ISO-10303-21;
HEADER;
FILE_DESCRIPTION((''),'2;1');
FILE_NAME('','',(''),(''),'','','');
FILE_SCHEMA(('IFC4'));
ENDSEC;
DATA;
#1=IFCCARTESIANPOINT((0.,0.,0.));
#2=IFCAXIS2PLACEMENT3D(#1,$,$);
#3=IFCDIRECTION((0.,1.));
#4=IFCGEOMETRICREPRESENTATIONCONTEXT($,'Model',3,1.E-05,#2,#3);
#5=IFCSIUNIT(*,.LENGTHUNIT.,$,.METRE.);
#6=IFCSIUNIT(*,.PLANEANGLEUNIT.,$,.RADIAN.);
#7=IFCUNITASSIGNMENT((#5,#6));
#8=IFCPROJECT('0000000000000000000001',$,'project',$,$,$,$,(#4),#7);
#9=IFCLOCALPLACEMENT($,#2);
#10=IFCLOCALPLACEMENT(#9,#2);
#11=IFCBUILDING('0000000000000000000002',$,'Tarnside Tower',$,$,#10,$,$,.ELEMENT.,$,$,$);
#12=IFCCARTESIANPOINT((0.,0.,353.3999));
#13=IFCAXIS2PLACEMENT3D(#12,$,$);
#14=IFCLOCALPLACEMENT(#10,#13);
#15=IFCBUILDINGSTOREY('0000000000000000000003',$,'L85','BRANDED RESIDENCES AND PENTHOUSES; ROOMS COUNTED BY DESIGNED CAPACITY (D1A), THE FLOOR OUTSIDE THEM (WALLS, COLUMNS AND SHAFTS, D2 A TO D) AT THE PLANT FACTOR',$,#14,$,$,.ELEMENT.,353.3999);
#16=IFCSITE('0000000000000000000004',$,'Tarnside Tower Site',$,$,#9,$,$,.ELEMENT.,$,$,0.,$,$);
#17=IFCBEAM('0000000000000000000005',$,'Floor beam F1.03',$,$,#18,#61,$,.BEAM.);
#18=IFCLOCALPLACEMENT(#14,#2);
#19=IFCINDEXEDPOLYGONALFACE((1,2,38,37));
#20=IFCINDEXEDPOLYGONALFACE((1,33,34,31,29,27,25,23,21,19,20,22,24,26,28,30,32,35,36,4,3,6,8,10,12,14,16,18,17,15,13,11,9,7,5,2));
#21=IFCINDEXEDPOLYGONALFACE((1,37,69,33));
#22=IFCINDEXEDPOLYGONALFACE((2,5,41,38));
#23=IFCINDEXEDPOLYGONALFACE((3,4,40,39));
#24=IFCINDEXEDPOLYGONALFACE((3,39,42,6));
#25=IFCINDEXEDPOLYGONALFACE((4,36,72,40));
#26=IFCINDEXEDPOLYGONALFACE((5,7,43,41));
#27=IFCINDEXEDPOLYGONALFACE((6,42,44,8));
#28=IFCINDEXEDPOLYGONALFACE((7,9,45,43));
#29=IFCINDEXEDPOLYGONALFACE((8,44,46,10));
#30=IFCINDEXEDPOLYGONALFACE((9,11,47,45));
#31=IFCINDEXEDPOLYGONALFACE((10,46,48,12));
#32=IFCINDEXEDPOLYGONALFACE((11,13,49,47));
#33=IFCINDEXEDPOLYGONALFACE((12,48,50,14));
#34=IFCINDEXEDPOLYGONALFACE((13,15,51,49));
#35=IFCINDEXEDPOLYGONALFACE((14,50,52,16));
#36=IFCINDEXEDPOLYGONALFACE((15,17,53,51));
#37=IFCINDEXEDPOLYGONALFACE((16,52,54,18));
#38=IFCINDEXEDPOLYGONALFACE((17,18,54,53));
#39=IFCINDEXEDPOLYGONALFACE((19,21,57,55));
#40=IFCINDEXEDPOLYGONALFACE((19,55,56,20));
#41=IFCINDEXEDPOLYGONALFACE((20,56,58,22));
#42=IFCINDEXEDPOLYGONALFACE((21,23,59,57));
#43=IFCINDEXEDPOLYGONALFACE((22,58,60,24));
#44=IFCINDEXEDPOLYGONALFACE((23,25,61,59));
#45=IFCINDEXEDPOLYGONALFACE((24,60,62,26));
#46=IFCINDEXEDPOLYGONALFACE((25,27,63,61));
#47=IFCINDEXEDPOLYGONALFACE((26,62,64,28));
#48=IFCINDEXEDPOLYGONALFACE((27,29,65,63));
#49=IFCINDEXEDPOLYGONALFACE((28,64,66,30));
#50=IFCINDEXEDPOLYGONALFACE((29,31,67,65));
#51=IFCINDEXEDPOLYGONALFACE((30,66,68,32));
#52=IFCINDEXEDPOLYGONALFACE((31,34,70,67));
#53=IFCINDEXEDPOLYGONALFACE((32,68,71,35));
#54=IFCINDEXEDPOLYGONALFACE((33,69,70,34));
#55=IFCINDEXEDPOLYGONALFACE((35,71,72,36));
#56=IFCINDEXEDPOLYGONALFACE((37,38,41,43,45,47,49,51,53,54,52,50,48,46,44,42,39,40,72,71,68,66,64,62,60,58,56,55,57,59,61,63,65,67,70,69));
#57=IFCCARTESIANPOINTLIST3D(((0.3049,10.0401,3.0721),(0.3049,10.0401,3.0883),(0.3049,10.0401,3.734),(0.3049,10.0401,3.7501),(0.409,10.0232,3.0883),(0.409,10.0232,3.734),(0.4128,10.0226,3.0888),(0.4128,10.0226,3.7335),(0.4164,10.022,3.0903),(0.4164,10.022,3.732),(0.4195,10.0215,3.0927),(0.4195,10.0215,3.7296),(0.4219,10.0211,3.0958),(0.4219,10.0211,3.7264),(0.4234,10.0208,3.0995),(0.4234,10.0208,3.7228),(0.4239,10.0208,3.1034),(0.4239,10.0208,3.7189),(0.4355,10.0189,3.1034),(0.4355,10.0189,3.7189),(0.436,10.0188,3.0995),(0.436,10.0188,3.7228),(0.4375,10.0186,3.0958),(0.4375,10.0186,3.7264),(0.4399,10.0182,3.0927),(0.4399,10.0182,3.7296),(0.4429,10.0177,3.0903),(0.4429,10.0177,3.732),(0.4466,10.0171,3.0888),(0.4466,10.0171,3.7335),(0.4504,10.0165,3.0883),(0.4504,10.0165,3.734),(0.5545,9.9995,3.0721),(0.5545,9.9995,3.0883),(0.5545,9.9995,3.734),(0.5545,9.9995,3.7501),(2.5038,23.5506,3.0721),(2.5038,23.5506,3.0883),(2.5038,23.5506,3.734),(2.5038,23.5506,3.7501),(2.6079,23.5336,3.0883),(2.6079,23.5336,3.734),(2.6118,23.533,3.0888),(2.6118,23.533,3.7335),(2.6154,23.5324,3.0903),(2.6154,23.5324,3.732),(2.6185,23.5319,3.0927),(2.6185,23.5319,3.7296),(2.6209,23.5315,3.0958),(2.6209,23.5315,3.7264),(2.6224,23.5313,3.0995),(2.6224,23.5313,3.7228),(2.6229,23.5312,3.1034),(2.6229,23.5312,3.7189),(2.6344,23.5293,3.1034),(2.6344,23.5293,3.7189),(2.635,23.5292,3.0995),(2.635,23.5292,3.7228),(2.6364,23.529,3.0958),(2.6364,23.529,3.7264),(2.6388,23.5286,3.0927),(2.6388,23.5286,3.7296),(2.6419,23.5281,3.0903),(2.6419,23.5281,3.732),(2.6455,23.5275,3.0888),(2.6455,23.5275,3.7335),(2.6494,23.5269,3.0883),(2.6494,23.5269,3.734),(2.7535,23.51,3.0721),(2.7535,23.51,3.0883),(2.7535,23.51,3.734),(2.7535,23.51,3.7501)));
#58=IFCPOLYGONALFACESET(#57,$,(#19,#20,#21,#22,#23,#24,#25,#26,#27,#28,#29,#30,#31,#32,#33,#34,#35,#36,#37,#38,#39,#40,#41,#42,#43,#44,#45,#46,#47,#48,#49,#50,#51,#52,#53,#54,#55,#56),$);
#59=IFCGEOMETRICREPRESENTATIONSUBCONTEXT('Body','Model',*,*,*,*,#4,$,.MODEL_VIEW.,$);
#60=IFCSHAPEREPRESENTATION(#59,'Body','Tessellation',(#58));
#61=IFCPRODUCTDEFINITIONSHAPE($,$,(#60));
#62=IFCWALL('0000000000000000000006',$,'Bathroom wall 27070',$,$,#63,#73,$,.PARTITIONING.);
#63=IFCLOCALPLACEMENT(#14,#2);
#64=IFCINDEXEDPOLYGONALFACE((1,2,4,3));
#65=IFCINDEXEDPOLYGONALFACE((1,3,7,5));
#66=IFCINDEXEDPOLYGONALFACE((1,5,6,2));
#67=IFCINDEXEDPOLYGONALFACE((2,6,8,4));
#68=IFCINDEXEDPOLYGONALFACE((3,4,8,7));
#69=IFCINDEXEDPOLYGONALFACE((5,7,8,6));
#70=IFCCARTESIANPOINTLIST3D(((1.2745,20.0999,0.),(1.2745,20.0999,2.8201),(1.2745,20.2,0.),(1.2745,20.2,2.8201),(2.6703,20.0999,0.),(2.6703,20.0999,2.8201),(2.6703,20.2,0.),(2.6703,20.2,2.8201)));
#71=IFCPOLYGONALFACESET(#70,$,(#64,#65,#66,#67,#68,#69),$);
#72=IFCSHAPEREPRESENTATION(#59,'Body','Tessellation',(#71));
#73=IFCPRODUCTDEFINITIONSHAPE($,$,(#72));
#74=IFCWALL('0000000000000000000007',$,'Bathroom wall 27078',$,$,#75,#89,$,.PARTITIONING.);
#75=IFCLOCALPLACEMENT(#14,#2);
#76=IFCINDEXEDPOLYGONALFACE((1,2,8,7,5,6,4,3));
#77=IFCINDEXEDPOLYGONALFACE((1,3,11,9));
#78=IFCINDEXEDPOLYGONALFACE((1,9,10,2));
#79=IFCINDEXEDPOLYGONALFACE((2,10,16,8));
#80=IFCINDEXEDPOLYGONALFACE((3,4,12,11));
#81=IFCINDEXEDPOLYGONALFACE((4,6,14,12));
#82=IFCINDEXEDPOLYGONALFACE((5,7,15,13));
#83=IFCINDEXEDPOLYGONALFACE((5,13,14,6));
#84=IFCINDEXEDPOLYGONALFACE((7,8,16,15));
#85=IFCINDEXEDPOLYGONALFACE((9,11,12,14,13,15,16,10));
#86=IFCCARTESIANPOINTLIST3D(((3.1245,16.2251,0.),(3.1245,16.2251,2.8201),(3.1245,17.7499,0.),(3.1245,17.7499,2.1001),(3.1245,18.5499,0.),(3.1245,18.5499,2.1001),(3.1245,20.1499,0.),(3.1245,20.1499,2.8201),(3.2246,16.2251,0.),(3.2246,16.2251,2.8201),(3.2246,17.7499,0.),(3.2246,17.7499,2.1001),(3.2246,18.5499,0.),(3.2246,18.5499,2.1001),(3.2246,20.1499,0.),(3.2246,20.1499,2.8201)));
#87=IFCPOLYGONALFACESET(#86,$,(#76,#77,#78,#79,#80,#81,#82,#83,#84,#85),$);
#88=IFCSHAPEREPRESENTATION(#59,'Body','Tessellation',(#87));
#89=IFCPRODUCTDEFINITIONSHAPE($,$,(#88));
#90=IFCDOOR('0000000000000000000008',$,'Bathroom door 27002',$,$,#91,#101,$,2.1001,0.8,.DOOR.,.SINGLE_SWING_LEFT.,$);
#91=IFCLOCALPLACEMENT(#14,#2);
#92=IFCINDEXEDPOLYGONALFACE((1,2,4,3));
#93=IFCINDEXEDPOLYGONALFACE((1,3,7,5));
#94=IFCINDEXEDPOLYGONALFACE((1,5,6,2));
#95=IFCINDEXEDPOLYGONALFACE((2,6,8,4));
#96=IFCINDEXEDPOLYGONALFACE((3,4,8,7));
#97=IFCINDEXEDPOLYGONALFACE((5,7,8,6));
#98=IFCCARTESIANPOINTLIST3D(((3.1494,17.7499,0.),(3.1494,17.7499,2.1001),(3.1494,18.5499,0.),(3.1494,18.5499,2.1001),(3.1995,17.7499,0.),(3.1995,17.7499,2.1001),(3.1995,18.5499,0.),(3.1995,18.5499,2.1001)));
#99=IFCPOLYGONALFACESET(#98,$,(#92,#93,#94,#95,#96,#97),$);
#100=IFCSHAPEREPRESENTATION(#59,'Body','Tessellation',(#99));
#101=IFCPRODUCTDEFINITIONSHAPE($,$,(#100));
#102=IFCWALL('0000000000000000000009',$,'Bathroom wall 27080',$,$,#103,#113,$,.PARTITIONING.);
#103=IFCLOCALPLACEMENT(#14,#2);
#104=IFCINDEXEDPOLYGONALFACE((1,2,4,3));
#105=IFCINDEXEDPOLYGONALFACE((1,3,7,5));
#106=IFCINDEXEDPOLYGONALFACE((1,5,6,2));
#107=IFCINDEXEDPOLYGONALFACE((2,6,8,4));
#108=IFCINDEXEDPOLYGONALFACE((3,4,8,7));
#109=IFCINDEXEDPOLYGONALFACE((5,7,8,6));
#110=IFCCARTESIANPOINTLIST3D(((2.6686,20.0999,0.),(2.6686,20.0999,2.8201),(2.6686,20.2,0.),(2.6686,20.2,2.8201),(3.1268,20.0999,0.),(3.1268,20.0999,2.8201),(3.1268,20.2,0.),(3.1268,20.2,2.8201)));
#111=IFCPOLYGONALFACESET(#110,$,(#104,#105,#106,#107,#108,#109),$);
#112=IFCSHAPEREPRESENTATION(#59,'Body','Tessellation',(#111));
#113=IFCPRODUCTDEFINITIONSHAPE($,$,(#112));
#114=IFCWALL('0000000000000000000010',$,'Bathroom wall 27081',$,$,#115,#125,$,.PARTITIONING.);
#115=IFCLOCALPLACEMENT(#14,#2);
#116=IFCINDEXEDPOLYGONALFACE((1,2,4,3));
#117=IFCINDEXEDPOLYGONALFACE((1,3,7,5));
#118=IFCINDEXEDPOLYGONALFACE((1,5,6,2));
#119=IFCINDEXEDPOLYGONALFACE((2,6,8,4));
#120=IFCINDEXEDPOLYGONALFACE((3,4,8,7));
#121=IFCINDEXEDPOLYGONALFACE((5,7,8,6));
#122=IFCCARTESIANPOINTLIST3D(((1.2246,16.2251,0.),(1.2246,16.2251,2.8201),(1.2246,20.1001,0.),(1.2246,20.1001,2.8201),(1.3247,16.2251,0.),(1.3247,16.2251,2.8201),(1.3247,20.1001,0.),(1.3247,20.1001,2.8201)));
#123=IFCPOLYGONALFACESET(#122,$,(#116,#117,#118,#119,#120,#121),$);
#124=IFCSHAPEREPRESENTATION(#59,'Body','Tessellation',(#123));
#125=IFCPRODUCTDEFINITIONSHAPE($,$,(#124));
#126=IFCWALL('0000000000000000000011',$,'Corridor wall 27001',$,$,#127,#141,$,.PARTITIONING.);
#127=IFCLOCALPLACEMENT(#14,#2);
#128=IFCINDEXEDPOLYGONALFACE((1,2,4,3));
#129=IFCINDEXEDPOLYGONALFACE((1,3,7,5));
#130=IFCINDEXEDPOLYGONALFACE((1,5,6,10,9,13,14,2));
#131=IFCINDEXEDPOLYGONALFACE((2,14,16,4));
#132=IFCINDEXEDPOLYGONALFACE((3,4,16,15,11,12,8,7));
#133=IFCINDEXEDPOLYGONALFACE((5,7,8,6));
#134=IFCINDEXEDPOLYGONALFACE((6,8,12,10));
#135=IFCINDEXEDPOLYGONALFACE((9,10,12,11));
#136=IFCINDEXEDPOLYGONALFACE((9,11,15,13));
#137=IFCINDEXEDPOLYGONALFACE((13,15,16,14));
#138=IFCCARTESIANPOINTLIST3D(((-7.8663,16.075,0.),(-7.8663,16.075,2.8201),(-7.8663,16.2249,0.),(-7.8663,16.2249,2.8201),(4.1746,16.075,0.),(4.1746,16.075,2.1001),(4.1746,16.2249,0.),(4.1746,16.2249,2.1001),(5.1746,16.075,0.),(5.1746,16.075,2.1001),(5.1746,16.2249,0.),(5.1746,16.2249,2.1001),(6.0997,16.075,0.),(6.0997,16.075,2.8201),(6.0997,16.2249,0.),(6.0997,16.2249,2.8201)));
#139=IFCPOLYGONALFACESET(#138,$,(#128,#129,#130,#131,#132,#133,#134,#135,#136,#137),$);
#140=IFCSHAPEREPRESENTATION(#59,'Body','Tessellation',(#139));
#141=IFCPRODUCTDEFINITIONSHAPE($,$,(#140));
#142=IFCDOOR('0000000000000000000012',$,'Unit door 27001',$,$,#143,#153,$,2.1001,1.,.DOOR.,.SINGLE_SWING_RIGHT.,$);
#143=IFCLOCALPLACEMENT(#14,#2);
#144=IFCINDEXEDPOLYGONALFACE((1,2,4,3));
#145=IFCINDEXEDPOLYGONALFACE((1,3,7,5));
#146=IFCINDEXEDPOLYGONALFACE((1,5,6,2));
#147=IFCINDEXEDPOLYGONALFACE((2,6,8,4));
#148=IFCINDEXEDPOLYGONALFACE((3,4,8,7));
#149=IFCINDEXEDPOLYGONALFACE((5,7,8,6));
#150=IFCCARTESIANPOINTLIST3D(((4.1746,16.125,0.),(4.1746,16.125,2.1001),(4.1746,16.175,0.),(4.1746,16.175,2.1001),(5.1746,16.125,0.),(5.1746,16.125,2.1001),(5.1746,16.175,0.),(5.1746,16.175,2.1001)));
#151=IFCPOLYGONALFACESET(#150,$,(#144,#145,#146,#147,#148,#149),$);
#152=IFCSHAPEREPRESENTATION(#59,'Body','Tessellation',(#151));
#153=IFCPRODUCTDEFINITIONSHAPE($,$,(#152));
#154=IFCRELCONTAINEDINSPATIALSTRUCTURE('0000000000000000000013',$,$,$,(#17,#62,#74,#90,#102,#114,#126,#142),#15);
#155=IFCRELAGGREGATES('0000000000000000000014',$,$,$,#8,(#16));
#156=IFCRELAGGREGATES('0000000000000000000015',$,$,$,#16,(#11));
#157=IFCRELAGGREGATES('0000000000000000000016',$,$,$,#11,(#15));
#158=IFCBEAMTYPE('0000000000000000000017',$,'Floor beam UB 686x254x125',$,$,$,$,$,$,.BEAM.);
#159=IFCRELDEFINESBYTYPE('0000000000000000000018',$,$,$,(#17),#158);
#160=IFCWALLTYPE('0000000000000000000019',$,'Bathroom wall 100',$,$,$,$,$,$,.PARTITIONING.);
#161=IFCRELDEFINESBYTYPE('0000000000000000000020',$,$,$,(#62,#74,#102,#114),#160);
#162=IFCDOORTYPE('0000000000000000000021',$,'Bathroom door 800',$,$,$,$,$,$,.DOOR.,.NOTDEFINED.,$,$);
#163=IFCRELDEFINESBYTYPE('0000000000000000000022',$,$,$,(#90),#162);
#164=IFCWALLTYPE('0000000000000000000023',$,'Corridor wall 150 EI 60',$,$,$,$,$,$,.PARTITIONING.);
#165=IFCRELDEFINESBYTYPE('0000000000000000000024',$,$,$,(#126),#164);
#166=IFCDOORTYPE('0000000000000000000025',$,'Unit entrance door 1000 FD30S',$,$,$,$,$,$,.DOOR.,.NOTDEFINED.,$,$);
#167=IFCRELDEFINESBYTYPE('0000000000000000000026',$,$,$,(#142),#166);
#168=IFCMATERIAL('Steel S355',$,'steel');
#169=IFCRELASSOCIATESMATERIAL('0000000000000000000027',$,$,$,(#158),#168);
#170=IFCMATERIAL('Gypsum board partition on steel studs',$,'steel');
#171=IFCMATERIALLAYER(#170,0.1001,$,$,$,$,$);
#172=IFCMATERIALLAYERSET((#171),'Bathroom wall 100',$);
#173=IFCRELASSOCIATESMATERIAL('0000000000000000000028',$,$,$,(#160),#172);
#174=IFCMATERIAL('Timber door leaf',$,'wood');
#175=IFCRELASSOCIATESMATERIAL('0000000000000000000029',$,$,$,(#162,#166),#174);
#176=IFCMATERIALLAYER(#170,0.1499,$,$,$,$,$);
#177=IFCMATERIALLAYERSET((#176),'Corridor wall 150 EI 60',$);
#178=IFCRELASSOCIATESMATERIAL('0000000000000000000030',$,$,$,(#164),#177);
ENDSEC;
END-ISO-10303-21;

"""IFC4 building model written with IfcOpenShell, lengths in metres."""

from ifc_helpers import new_model, si_unit, direction, frame, frame_2d, origin, origin_2d, place, context, subcontext, project, spatial, rectangle, i_section, extrude, material, layer, layer_set, material_profile, profile_set, type_object, element, fill, save


model = new_model("IFC4")

# Units and contexts
model_context = context("Model", 3, precision=1e-05, world=origin(), true_north=direction((0.0, 1.0)))
body_context = subcontext(model_context, "Body", "Model", "MODEL_VIEW")
ifc_project = project(units=[si_unit("LENGTHUNIT", "METRE"), si_unit("PLANEANGLEUNIT", "RADIAN")], contexts=[model_context])

# Site, building, storey
site_placement = place(None, origin())
site = spatial("IfcSite", under=ifc_project, at=site_placement, Name="Tarnside Tower Site", CompositionType="ELEMENT", RefElevation=0.0)
building_placement = place(site_placement, origin())
building = spatial("IfcBuilding", under=site, at=building_placement, Name="Tarnside Tower", CompositionType="ELEMENT")
storey_placement = place(building_placement, frame((0.0, 0.0, 353.3999)))
storey = spatial("IfcBuildingStorey", under=building, at=storey_placement, Name="L85", Description="BRANDED RESIDENCES AND PENTHOUSES; ROOMS COUNTED BY DESIGNED CAPACITY (D1A), THE FLOOR OUTSIDE THEM (WALLS, COLUMNS AND SHAFTS, D2 A TO D) AT THE PLANT FACTOR", CompositionType="ELEMENT", Elevation=353.3999)

# Beam
ifc_material_1 = material(Name="Steel S355", Category="steel")
ifc_material_profile = material_profile(ifc_material_1, i_section(OverallWidth=0.2529, OverallDepth=0.678, WebThickness=0.0117, FlangeThickness=0.0161, FilletRadius=0.0151, at=origin_2d()), Name="UB 686x254x125")
ifc_profile_set = profile_set([ifc_material_profile], Name="Steel S355")
beam_type = type_object("IfcBeamType", Name="Floor beam UB 686x254x125", PredefinedType="BEAM", material=ifc_profile_set)
beam_placement = place(storey_placement, frame((2.6287, 23.5303, 3.4111), z_axis=(-0.160647, -0.987012, 0.0), x_axis=(0.987012, -0.160647, 0.0)))
element("IfcBeam", 1, at=beam_placement, inside=storey, type_object=beam_type, Name="Floor beam F1.03", PredefinedType="BEAM", context=body_context, shape_type="SweptSolid", body=[
    extrude(i_section(OverallWidth=0.2529, OverallDepth=0.678, WebThickness=0.0117, FlangeThickness=0.0161, FilletRadius=0.0151, at=origin_2d()), origin(), (0.0, 0.0, 1.0), 13.6882),
])

# Wall
ifc_material_2 = material(Name="Gypsum board partition on steel studs", Category="steel")
ifc_layer_1 = layer(ifc_material_2, 0.1001)
ifc_layer_set_1 = layer_set([ifc_layer_1], Name="Bathroom wall 100")
wall_type_1 = type_object("IfcWallType", Name="Bathroom wall 100", PredefinedType="PARTITIONING", material=ifc_layer_set_1)
wall_1_placement = place(storey_placement, frame((1.2747, 20.1499, 0.0), z_axis=(0.0, 0.0, 1.0), x_axis=(1.0, 0.0, 0.0)))
element("IfcWall", 2, at=wall_1_placement, inside=storey, type_object=wall_type_1, Name="Bathroom wall 27070", PredefinedType="PARTITIONING", context=body_context, shape_type="SweptSolid", body=[
    extrude(rectangle(XDim=1.3958, YDim=0.1001, at=frame_2d((0.6978, 0.0))), origin(), (0.0, 0.0, 1.0), 2.8201),
])

# Wall, opening, door
wall_2_placement = place(storey_placement, frame((3.1746, 20.1499, 0.0), z_axis=(0.0, 0.0, 1.0), x_axis=(0.0, -1.0, 0.0)))
wall_2 = element("IfcWall", 3, at=wall_2_placement, inside=storey, type_object=wall_type_1, Name="Bathroom wall 27078", PredefinedType="PARTITIONING", context=body_context, shape_type="SweptSolid", body=[
    extrude(rectangle(XDim=3.9248, YDim=0.1001, at=frame_2d((1.9624, 0.0))), origin(), (0.0, 0.0, 1.0), 2.8201),
])
opening_1_placement = place(wall_2_placement, frame((1.6001, 0.0, 0.0)))
opening_1 = element("IfcOpeningElement", 4, at=opening_1_placement, cuts=wall_2, PredefinedType="OPENING", context=body_context, shape_type="SweptSolid", body=[
    extrude(rectangle(XDim=0.8, YDim=2.1001, at=frame_2d((0.3999, 1.05))), frame((0.0, 0.0601, 0.0), z_axis=(0.0, -1.0, 0.0), x_axis=(1.0, 0.0, 0.0)), (0.0, 0.0, 1.0), 0.1201),
])
ifc_material_3 = material(Name="Timber door leaf", Category="wood")
door_type_1 = type_object("IfcDoorType", Name="Bathroom door 800", OperationType="NOTDEFINED", PredefinedType="DOOR", material=ifc_material_3)
door_1_placement = place(opening_1_placement, origin())
door_1 = element("IfcDoor", 5, at=door_1_placement, inside=storey, type_object=door_type_1, Name="Bathroom door 27002", OperationType="SINGLE_SWING_LEFT", OverallHeight=2.1001, OverallWidth=0.8, PredefinedType="DOOR", context=body_context, shape_type="SweptSolid", body=[
    extrude(rectangle(XDim=0.8, YDim=2.1001, at=frame_2d((0.3999, 1.05))), frame((0.0, 0.0249, 0.0), z_axis=(0.0, -1.0, 0.0), x_axis=(1.0, 0.0, 0.0)), (0.0, 0.0, 1.0), 0.05),
])
fill(opening_1, door_1)

# Walls
wall_3_placement = place(storey_placement, frame((3.1267, 20.1499, 0.0), z_axis=(0.0, 0.0, 1.0), x_axis=(-1.0, 0.0, 0.0)))
element("IfcWall", 6, at=wall_3_placement, inside=storey, type_object=wall_type_1, Name="Bathroom wall 27080", PredefinedType="PARTITIONING", context=body_context, shape_type="SweptSolid", body=[
    extrude(rectangle(XDim=0.4583, YDim=0.1001, at=frame_2d((0.229, 0.0))), origin(), (0.0, 0.0, 1.0), 2.8201),
])
wall_4_placement = place(storey_placement, frame((1.2747, 20.1001, 0.0), z_axis=(0.0, 0.0, 1.0), x_axis=(0.0, -1.0, 0.0)))
element("IfcWall", 7, at=wall_4_placement, inside=storey, type_object=wall_type_1, Name="Bathroom wall 27081", PredefinedType="PARTITIONING", context=body_context, shape_type="SweptSolid", body=[
    extrude(rectangle(XDim=3.875, YDim=0.1001, at=frame_2d((1.9375, 0.0))), origin(), (0.0, 0.0, 1.0), 2.8201),
])

# Wall, opening, door
ifc_layer_2 = layer(ifc_material_2, 0.1499)
ifc_layer_set_2 = layer_set([ifc_layer_2], Name="Corridor wall 150 EI 60")
wall_type_2 = type_object("IfcWallType", Name="Corridor wall 150 EI 60", PredefinedType="PARTITIONING", material=ifc_layer_set_2)
wall_5_placement = place(storey_placement, frame((6.0996, 16.1499, 0.0), z_axis=(0.0, 0.0, 1.0), x_axis=(-1.0, 0.0, 0.0)))
wall_5 = element("IfcWall", 8, at=wall_5_placement, inside=storey, type_object=wall_type_2, Name="Corridor wall 27001", PredefinedType="PARTITIONING", context=body_context, shape_type="SweptSolid", body=[
    extrude(rectangle(XDim=13.9661, YDim=0.1499, at=frame_2d((6.9829, 0.0))), origin(), (0.0, 0.0, 1.0), 2.8201),
])
opening_2_placement = place(wall_5_placement, frame((0.925, 0.0, 0.0)))
opening_2 = element("IfcOpeningElement", 9, at=opening_2_placement, cuts=wall_5, PredefinedType="OPENING", context=body_context, shape_type="SweptSolid", body=[
    extrude(rectangle(XDim=1.0, YDim=2.1001, at=frame_2d((0.5, 1.05))), frame((0.0, 0.085, 0.0), z_axis=(0.0, -1.0, 0.0), x_axis=(1.0, 0.0, 0.0)), (0.0, 0.0, 1.0), 0.1699),
])
door_type_2 = type_object("IfcDoorType", Name="Unit entrance door 1000 FD30S", OperationType="NOTDEFINED", PredefinedType="DOOR", material=ifc_material_3)
door_2_placement = place(opening_2_placement, origin())
door_2 = element("IfcDoor", 10, at=door_2_placement, inside=storey, type_object=door_type_2, Name="Unit door 27001", OperationType="SINGLE_SWING_RIGHT", OverallHeight=2.1001, OverallWidth=1.0, PredefinedType="DOOR", context=body_context, shape_type="SweptSolid", body=[
    extrude(rectangle(XDim=1.0, YDim=2.1001, at=frame_2d((0.5, 1.05))), frame((0.0, 0.0249, 0.0), z_axis=(0.0, -1.0, 0.0), x_axis=(1.0, 0.0, 0.0)), (0.0, 0.0, 1.0), 0.05),
])
fill(opening_2, door_2)

save(model, "model.ifc")
